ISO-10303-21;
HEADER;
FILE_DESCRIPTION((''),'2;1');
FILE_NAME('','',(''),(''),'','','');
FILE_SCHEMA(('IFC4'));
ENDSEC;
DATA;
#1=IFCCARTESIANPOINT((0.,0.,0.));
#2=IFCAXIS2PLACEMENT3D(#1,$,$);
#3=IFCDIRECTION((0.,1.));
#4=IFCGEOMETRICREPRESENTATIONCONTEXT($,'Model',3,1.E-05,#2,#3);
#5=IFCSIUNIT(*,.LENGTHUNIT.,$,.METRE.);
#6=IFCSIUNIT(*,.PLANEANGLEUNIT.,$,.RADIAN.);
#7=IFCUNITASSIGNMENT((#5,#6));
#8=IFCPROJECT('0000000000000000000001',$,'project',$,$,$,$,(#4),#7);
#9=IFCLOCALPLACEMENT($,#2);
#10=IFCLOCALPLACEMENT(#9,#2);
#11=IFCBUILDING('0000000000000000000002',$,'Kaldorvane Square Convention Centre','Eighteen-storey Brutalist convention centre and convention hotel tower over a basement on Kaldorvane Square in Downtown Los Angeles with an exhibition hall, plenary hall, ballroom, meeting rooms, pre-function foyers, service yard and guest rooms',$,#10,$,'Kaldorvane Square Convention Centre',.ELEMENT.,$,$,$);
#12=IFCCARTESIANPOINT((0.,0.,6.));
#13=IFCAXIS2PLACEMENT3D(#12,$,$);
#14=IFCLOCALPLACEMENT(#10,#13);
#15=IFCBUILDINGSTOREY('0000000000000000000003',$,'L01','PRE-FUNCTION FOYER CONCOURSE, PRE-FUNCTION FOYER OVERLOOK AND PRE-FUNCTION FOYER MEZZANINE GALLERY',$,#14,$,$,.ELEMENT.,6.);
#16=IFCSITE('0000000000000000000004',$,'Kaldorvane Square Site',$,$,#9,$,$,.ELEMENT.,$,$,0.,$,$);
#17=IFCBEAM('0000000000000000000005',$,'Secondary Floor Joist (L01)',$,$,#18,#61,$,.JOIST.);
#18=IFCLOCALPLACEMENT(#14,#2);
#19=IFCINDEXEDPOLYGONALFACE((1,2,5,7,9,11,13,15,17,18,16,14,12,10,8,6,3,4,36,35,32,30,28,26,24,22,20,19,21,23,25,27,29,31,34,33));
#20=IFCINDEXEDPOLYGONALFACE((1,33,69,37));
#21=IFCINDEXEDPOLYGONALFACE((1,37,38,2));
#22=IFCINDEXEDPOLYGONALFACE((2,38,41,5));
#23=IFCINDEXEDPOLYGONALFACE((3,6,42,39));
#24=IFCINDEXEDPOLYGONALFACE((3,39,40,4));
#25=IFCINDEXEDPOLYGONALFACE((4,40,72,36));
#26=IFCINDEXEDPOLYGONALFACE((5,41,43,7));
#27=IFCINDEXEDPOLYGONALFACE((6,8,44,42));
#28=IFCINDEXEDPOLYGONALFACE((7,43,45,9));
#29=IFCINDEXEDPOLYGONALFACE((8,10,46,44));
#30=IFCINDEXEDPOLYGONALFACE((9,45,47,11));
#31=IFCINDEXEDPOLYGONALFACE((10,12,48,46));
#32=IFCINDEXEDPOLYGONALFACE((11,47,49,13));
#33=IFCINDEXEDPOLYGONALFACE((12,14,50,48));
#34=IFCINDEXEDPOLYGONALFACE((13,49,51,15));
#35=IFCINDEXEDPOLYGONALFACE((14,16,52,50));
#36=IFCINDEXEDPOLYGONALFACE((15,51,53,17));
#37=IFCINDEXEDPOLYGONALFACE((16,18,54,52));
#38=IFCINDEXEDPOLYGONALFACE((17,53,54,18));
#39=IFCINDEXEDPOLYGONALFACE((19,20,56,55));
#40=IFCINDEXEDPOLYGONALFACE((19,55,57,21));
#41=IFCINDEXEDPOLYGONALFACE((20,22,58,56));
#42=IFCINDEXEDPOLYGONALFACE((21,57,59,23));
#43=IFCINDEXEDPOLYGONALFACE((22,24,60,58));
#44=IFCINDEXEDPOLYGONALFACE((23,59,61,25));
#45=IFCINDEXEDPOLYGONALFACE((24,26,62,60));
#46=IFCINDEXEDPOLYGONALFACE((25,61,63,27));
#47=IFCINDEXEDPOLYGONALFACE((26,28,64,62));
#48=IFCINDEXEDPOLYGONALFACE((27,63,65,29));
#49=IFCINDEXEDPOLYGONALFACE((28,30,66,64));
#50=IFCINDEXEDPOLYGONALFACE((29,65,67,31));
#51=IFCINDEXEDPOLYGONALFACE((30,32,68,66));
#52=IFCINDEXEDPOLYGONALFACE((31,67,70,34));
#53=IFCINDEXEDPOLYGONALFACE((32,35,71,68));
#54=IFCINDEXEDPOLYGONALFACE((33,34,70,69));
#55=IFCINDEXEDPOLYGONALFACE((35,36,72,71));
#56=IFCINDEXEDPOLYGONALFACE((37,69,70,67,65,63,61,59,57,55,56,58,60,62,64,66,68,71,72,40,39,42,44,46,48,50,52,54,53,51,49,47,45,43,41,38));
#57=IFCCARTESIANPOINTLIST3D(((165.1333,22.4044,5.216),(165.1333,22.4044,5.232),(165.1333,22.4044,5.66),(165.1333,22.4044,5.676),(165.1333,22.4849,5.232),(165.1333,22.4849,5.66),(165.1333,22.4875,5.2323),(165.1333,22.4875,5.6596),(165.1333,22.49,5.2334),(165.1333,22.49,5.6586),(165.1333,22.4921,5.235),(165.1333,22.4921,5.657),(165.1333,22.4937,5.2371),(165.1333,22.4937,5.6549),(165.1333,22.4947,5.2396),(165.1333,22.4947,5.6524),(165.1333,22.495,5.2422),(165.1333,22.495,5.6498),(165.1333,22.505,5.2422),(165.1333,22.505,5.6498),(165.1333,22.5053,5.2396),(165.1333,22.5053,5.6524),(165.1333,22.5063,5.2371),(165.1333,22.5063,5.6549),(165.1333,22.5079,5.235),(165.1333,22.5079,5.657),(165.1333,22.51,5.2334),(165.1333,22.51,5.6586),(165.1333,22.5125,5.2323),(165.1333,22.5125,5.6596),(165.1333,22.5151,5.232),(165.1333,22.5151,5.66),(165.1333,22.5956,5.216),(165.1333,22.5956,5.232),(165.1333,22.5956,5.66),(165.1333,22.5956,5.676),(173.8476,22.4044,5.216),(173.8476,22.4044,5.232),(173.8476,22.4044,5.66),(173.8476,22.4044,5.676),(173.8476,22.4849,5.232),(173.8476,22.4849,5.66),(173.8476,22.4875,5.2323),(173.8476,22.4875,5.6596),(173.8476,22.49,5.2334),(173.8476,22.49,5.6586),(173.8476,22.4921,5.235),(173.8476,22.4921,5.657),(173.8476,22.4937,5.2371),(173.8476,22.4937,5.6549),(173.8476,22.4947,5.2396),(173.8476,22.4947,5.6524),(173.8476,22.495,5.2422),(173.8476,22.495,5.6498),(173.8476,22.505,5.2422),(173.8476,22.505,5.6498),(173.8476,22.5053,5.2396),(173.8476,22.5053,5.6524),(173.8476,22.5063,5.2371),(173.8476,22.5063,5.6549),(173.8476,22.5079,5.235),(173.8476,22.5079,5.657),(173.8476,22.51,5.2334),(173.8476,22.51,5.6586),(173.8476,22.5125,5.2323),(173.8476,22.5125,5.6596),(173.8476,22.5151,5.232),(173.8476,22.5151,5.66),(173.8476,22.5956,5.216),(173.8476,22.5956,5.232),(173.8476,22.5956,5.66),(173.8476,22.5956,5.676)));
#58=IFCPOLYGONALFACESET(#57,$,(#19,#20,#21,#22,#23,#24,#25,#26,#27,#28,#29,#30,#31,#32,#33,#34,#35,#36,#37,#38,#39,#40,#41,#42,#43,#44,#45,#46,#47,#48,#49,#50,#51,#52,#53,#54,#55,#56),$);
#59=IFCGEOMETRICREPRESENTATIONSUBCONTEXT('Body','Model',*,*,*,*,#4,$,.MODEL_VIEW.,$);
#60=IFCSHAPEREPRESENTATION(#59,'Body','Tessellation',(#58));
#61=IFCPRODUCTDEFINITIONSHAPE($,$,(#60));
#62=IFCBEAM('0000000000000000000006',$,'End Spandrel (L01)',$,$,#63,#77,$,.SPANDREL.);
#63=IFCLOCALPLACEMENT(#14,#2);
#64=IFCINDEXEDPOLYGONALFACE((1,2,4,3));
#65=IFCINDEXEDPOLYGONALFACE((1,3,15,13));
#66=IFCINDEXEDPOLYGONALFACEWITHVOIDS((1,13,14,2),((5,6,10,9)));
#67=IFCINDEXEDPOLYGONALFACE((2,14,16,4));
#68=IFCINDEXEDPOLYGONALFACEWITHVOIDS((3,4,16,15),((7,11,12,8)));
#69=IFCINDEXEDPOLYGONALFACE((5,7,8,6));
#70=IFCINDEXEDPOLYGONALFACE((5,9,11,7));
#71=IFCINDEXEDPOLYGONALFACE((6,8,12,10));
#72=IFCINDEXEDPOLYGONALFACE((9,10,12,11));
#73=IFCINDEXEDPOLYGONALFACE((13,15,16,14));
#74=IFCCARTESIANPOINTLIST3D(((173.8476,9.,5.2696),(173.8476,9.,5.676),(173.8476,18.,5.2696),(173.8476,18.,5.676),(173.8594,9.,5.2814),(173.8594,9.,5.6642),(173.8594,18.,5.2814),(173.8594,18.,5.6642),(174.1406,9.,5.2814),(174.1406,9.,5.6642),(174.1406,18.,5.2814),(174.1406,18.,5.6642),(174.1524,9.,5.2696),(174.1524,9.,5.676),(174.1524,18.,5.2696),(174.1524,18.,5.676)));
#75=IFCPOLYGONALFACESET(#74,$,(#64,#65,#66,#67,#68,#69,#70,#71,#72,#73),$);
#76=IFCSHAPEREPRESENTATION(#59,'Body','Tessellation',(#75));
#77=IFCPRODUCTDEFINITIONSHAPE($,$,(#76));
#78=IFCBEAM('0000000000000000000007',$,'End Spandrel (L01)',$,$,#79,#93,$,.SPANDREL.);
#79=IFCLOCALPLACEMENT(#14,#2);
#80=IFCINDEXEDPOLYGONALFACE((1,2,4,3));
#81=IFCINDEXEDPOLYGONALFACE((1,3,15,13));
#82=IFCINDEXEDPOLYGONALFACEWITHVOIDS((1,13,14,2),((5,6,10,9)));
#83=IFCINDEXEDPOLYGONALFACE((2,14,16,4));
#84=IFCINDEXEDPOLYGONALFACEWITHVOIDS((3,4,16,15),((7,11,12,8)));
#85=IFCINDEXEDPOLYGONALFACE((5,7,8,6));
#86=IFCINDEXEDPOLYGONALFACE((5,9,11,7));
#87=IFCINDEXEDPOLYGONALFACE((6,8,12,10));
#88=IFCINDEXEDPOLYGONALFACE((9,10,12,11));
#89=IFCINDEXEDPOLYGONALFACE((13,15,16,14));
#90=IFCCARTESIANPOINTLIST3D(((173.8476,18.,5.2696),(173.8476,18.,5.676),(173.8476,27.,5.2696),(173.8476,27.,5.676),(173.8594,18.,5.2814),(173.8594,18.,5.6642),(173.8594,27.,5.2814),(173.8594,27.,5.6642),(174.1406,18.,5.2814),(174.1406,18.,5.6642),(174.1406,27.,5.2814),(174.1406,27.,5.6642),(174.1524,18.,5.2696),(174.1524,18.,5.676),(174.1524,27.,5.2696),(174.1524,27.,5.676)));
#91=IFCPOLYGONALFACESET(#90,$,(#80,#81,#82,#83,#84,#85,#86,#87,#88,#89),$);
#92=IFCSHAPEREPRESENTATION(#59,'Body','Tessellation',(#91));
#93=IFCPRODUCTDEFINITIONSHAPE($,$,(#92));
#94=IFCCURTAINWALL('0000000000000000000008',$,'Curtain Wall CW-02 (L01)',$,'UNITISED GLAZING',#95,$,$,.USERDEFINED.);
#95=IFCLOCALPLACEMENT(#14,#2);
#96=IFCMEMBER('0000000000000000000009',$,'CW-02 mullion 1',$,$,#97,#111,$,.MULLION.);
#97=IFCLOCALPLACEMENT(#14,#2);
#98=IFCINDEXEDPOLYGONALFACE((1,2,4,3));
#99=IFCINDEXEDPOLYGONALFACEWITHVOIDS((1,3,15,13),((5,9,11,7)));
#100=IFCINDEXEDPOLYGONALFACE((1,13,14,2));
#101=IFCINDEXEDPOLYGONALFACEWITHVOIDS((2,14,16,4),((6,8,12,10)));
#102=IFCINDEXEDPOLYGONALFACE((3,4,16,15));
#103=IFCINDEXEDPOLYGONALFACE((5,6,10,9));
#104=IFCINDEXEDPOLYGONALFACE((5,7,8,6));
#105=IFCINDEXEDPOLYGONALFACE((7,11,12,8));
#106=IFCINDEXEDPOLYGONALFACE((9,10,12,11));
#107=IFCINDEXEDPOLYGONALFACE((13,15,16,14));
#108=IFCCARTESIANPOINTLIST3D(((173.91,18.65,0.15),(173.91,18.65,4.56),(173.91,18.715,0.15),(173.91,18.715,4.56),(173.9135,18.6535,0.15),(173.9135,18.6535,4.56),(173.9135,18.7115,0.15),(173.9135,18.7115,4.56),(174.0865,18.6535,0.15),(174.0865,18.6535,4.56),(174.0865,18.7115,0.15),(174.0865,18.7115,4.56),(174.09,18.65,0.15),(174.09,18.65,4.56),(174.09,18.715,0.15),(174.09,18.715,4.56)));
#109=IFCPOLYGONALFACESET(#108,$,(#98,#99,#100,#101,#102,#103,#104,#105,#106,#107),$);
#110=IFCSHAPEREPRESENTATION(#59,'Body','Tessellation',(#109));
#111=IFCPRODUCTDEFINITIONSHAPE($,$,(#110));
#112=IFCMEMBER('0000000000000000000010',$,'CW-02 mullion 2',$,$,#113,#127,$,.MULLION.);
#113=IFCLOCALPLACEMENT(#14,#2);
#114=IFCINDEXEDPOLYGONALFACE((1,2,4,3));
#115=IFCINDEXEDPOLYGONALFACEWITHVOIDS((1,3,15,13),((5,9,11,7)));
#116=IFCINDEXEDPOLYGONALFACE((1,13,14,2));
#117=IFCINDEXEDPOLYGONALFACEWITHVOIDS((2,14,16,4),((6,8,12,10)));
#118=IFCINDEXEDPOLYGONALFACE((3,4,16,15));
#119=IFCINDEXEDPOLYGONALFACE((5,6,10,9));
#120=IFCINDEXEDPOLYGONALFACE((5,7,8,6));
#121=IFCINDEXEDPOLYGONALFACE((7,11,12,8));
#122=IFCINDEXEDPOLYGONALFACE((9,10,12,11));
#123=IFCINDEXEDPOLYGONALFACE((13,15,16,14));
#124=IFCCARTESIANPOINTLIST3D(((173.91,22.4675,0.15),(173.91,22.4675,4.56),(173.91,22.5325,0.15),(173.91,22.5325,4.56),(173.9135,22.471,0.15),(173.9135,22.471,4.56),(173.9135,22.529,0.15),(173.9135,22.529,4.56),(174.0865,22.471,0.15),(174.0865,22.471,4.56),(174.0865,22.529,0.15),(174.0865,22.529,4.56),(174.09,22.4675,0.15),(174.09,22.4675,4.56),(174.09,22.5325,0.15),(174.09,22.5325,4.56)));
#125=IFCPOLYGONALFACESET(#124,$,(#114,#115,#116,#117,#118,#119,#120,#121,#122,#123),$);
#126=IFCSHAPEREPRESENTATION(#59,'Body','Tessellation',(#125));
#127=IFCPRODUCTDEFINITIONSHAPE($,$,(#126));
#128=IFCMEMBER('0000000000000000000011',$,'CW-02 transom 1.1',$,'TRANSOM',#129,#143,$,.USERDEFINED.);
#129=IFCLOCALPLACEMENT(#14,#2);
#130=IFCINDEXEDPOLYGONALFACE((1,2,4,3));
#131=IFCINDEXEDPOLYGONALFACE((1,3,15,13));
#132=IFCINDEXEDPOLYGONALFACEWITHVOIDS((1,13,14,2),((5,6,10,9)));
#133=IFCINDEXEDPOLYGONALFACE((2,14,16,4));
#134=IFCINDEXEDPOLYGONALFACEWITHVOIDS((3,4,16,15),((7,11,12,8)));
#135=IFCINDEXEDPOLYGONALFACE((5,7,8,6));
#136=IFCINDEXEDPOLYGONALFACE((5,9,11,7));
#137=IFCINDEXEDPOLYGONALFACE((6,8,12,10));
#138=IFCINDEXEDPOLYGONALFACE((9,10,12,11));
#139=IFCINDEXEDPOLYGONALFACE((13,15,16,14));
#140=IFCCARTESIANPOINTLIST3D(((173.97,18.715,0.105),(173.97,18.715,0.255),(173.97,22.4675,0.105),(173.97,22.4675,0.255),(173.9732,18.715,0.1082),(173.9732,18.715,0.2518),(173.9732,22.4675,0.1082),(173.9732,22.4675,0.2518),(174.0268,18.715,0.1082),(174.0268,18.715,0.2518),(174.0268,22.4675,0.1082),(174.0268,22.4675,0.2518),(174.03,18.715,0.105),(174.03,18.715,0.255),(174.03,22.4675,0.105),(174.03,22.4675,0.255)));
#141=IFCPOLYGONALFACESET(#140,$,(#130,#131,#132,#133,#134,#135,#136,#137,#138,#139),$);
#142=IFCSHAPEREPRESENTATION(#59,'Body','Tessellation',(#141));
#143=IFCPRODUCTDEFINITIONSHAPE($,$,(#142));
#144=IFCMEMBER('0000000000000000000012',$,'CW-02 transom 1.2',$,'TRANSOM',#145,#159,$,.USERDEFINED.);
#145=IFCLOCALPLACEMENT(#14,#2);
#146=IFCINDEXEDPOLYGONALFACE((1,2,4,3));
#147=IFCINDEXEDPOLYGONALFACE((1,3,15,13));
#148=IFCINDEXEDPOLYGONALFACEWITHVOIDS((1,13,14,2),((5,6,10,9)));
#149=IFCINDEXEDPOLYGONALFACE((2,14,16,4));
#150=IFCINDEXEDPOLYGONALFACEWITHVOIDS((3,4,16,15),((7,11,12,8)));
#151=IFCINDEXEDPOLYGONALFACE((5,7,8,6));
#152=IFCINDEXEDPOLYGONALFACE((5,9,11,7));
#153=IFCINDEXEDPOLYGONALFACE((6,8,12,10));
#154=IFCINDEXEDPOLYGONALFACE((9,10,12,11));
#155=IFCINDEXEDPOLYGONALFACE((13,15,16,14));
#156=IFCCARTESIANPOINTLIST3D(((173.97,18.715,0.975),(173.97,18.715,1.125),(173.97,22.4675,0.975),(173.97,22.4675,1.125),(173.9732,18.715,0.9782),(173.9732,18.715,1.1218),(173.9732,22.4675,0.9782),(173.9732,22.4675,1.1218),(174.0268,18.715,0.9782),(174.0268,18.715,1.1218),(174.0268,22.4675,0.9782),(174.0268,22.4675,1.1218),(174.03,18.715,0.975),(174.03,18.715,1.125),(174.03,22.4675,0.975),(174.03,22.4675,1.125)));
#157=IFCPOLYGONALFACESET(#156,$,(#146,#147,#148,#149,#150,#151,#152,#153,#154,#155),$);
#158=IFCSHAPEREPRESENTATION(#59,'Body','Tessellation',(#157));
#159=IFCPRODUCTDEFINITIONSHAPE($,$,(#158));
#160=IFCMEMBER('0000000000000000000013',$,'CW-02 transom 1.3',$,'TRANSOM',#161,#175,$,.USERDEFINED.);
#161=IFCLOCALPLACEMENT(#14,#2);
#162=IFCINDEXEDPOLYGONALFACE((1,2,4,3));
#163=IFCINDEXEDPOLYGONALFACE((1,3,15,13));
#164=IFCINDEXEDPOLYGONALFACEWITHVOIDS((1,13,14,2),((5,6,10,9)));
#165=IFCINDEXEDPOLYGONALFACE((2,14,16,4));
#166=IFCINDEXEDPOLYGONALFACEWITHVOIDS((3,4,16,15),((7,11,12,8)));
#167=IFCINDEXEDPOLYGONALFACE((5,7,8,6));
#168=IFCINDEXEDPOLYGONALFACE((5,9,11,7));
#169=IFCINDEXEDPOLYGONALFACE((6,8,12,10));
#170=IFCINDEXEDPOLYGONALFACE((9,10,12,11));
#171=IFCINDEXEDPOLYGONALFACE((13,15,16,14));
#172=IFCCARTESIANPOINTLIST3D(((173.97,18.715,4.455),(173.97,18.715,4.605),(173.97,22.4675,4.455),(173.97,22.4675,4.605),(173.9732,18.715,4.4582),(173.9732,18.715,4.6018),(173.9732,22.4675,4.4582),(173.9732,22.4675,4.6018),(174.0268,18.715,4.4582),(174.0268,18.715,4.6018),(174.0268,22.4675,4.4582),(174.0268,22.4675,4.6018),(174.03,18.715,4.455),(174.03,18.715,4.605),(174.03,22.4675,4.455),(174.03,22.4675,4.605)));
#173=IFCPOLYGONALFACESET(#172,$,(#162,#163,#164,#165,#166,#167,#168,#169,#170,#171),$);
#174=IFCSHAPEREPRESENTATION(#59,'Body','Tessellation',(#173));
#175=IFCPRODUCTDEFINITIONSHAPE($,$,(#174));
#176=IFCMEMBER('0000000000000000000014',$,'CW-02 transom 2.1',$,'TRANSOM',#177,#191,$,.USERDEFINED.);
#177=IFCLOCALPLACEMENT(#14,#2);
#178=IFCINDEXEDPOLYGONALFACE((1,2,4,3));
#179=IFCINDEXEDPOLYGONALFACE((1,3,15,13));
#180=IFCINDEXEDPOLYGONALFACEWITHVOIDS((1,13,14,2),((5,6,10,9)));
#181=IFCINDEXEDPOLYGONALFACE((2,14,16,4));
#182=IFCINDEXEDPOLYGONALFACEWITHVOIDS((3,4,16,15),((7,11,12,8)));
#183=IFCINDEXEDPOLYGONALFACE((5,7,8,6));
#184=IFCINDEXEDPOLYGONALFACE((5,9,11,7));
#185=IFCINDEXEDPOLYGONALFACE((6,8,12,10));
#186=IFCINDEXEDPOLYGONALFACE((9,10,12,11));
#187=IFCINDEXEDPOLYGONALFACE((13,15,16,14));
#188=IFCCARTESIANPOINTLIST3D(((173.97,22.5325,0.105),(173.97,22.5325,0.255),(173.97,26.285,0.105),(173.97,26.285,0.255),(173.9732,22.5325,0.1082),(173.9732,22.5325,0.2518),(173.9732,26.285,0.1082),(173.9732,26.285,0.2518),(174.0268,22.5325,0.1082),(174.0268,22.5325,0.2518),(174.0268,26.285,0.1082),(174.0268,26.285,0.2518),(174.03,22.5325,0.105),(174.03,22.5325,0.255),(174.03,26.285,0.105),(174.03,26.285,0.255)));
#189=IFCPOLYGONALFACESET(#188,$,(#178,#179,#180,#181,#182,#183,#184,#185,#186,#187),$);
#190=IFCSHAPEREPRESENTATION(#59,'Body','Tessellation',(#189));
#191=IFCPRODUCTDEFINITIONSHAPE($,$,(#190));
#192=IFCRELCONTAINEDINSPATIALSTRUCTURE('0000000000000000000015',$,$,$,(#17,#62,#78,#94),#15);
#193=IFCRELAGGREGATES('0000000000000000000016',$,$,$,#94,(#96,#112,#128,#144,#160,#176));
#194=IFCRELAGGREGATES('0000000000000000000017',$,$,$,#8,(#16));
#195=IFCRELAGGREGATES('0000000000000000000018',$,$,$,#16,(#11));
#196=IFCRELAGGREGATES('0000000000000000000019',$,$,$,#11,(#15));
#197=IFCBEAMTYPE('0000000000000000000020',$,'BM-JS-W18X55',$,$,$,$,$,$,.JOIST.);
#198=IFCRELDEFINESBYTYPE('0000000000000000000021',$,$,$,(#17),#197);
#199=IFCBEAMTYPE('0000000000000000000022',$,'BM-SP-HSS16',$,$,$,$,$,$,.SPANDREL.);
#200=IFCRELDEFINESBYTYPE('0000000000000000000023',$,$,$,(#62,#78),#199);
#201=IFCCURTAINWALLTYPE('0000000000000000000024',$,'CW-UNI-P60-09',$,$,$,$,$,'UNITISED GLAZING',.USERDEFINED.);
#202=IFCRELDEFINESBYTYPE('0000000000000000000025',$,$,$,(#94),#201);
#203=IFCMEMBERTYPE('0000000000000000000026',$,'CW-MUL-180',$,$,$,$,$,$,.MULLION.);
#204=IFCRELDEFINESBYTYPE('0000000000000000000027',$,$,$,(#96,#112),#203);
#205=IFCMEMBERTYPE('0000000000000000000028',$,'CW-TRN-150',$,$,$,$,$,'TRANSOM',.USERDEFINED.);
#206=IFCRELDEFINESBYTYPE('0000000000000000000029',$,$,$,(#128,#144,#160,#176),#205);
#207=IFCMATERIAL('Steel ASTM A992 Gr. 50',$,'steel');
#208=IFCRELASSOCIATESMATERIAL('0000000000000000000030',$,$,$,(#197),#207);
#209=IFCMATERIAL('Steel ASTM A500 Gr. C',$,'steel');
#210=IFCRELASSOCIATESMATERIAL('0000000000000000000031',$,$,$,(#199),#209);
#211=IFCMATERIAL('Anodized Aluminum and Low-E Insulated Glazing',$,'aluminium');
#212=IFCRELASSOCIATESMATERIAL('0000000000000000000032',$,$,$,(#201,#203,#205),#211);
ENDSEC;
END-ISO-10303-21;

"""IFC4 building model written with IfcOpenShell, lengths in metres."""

from ifc_helpers import new_model, si_unit, direction, frame, origin, origin_2d, place, context, subcontext, project, spatial, hollow_rectangle, i_section, extrude, material, material_profile, profile_set, type_object, element, aggregate, save


model = new_model("IFC4")

# Units and contexts
model_context = context("Model", 3, precision=1e-05, world=origin(), true_north=direction((0.0, 1.0)))
body_context = subcontext(model_context, "Body", "Model", "MODEL_VIEW")
ifc_project = project(units=[si_unit("LENGTHUNIT", "METRE"), si_unit("PLANEANGLEUNIT", "RADIAN")], contexts=[model_context])

# Site, building, storey
site_placement = place(None, origin())
site = spatial("IfcSite", under=ifc_project, at=site_placement, Name="Kaldorvane Square Site", CompositionType="ELEMENT", RefElevation=0.0)
building_placement = place(site_placement, origin())
building = spatial("IfcBuilding", under=site, at=building_placement, Name="Kaldorvane Square Convention Centre", Description="Eighteen-storey Brutalist convention centre and convention hotel tower over a basement on Kaldorvane Square in Downtown Los Angeles with an exhibition hall, plenary hall, ballroom, meeting rooms, pre-function foyers, service yard and guest rooms", LongName="Kaldorvane Square Convention Centre", CompositionType="ELEMENT")
storey_placement = place(building_placement, frame((0.0, 0.0, 6.0)))
storey = spatial("IfcBuildingStorey", under=building, at=storey_placement, Name="L01", Description="PRE-FUNCTION FOYER CONCOURSE, PRE-FUNCTION FOYER OVERLOOK AND PRE-FUNCTION FOYER MEZZANINE GALLERY", CompositionType="ELEMENT", Elevation=6.0)

# Shared definitions
ifc_material_1 = material(Name="Steel ASTM A992 Gr. 50", Category="steel")

# Beams
ifc_material_profile_1 = material_profile(ifc_material_1, i_section(OverallWidth=0.1913, OverallDepth=0.46, WebThickness=0.0099, FlangeThickness=0.016, FilletRadius=0.0102, at=origin_2d()), Name="W18X55")
ifc_profile_set_1 = profile_set([ifc_material_profile_1], Name="Steel ASTM A992 Gr. 50")
beam_type_1 = type_object("IfcBeamType", Name="BM-JS-W18X55", PredefinedType="JOIST", material=ifc_profile_set_1)
for number, where, z_axis, x_axis, name in (
    (1, (165.1333, 22.5, 5.446), (1.0, 0.0, 0.0), (0.0, 1.0, 0.0), "Secondary Floor Joist (L01)"),
):
    element("IfcBeam", number, at=place(storey_placement, frame(where, z_axis=z_axis, x_axis=x_axis)), inside=storey, type_object=beam_type_1, Name=name, PredefinedType="JOIST", context=body_context, shape_type="SweptSolid", body=[
        extrude(i_section(OverallWidth=0.1913, OverallDepth=0.46, WebThickness=0.0099, FlangeThickness=0.016, FilletRadius=0.0102, at=origin_2d()), origin(), (0.0, 0.0, 1.0), 8.7143),
    ])
ifc_material_2 = material(Name="Steel ASTM A500 Gr. C", Category="steel")
ifc_material_profile_2 = material_profile(ifc_material_2, hollow_rectangle(XDim=0.3048, YDim=0.4064, WallThickness=0.0118, at=origin_2d()), Name="HSS16X12X1/2")
ifc_profile_set_2 = profile_set([ifc_material_profile_2], Name="Steel ASTM A500 Gr. C")
beam_type_2 = type_object("IfcBeamType", Name="BM-SP-HSS16", PredefinedType="SPANDREL", material=ifc_profile_set_2)
for number, where, z_axis, x_axis, name in (
    (2, (174.0, 9.0, 5.4728), (0.0, 1.0, 0.0), (-1.0, 0.0, 0.0), "End Spandrel (L01)"),
    (3, (174.0, 18.0, 5.4728), (0.0, 1.0, 0.0), (-1.0, 0.0, 0.0), "End Spandrel (L01)"),
):
    element("IfcBeam", number, at=place(storey_placement, frame(where, z_axis=z_axis, x_axis=x_axis)), inside=storey, type_object=beam_type_2, Name=name, PredefinedType="SPANDREL", context=body_context, shape_type="SweptSolid", body=[
        extrude(hollow_rectangle(XDim=0.3048, YDim=0.4064, WallThickness=0.0118, at=origin_2d()), origin(), (0.0, 0.0, 1.0), 9.0),
    ])

# Curtain wall, members
ifc_material_3 = material(Name="Anodized Aluminum and Low-E Insulated Glazing", Category="aluminium")
curtain_wall_type = type_object("IfcCurtainWallType", Name="CW-UNI-P60-09", ElementType="UNITISED GLAZING", PredefinedType="USERDEFINED", material=ifc_material_3)
curtain_wall_placement = place(storey_placement, origin())
curtain_wall = element("IfcCurtainWall", 4, at=curtain_wall_placement, inside=storey, type_object=curtain_wall_type, Name="Curtain Wall CW-02 (L01)", ObjectType="UNITISED GLAZING", PredefinedType="USERDEFINED")
ifc_material_profile_3 = material_profile(ifc_material_3, hollow_rectangle(XDim=0.065, YDim=0.18, WallThickness=0.0035, at=origin_2d()), Name="CWM-180X65")
ifc_profile_set_3 = profile_set([ifc_material_profile_3], Name="Anodized Aluminum and Low-E Insulated Glazing")
member_type_1 = type_object("IfcMemberType", Name="CW-MUL-180", PredefinedType="MULLION", material=ifc_profile_set_3)
member_1_placement = place(storey_placement, frame((174.0, 18.6825, 0.15), z_axis=(0.0, 0.0, 1.0), x_axis=(0.0, 1.0, 0.0)))
member_1 = element("IfcMember", 5, at=member_1_placement, type_object=member_type_1, Name="CW-02 mullion 1", PredefinedType="MULLION", context=body_context, shape_type="SweptSolid", body=[
    extrude(hollow_rectangle(XDim=0.065, YDim=0.18, WallThickness=0.0035, at=origin_2d()), origin(), (0.0, 0.0, 1.0), 4.41),
])
member_2_placement = place(storey_placement, frame((174.0, 22.5, 0.15), z_axis=(0.0, 0.0, 1.0), x_axis=(0.0, 1.0, 0.0)))
member_2 = element("IfcMember", 6, at=member_2_placement, type_object=member_type_1, Name="CW-02 mullion 2", PredefinedType="MULLION", context=body_context, shape_type="SweptSolid", body=[
    extrude(hollow_rectangle(XDim=0.065, YDim=0.18, WallThickness=0.0035, at=origin_2d()), origin(), (0.0, 0.0, 1.0), 4.41),
])
ifc_material_profile_4 = material_profile(ifc_material_3, hollow_rectangle(XDim=0.06, YDim=0.15, WallThickness=0.0032, at=origin_2d()), Name="CWT-150X60")
ifc_profile_set_4 = profile_set([ifc_material_profile_4], Name="Anodized Aluminum and Low-E Insulated Glazing")
member_type_2 = type_object("IfcMemberType", Name="CW-TRN-150", ElementType="TRANSOM", PredefinedType="USERDEFINED", material=ifc_profile_set_4)
member_3_placement = place(storey_placement, frame((174.0, 18.715, 0.18), z_axis=(0.0, 1.0, 0.0), x_axis=(-1.0, 0.0, 0.0)))
member_3 = element("IfcMember", 7, at=member_3_placement, type_object=member_type_2, Name="CW-02 transom 1.1", ObjectType="TRANSOM", PredefinedType="USERDEFINED", context=body_context, shape_type="SweptSolid", body=[
    extrude(hollow_rectangle(XDim=0.06, YDim=0.15, WallThickness=0.0032, at=origin_2d()), origin(), (0.0, 0.0, 1.0), 3.7525),
])
member_4_placement = place(storey_placement, frame((174.0, 18.715, 1.05), z_axis=(0.0, 1.0, 0.0), x_axis=(-1.0, 0.0, 0.0)))
member_4 = element("IfcMember", 8, at=member_4_placement, type_object=member_type_2, Name="CW-02 transom 1.2", ObjectType="TRANSOM", PredefinedType="USERDEFINED", context=body_context, shape_type="SweptSolid", body=[
    extrude(hollow_rectangle(XDim=0.06, YDim=0.15, WallThickness=0.0032, at=origin_2d()), origin(), (0.0, 0.0, 1.0), 3.7525),
])
member_5_placement = place(storey_placement, frame((174.0, 18.715, 4.53), z_axis=(0.0, 1.0, 0.0), x_axis=(-1.0, 0.0, 0.0)))
member_5 = element("IfcMember", 9, at=member_5_placement, type_object=member_type_2, Name="CW-02 transom 1.3", ObjectType="TRANSOM", PredefinedType="USERDEFINED", context=body_context, shape_type="SweptSolid", body=[
    extrude(hollow_rectangle(XDim=0.06, YDim=0.15, WallThickness=0.0032, at=origin_2d()), origin(), (0.0, 0.0, 1.0), 3.7525),
])
member_6_placement = place(storey_placement, frame((174.0, 22.5325, 0.18), z_axis=(0.0, 1.0, 0.0), x_axis=(-1.0, 0.0, 0.0)))
member_6 = element("IfcMember", 10, at=member_6_placement, type_object=member_type_2, Name="CW-02 transom 2.1", ObjectType="TRANSOM", PredefinedType="USERDEFINED", context=body_context, shape_type="SweptSolid", body=[
    extrude(hollow_rectangle(XDim=0.06, YDim=0.15, WallThickness=0.0032, at=origin_2d()), origin(), (0.0, 0.0, 1.0), 3.7525),
])

aggregate(curtain_wall, [member_1, member_2, member_3, member_4, member_5, member_6])

save(model, "model.ifc")
